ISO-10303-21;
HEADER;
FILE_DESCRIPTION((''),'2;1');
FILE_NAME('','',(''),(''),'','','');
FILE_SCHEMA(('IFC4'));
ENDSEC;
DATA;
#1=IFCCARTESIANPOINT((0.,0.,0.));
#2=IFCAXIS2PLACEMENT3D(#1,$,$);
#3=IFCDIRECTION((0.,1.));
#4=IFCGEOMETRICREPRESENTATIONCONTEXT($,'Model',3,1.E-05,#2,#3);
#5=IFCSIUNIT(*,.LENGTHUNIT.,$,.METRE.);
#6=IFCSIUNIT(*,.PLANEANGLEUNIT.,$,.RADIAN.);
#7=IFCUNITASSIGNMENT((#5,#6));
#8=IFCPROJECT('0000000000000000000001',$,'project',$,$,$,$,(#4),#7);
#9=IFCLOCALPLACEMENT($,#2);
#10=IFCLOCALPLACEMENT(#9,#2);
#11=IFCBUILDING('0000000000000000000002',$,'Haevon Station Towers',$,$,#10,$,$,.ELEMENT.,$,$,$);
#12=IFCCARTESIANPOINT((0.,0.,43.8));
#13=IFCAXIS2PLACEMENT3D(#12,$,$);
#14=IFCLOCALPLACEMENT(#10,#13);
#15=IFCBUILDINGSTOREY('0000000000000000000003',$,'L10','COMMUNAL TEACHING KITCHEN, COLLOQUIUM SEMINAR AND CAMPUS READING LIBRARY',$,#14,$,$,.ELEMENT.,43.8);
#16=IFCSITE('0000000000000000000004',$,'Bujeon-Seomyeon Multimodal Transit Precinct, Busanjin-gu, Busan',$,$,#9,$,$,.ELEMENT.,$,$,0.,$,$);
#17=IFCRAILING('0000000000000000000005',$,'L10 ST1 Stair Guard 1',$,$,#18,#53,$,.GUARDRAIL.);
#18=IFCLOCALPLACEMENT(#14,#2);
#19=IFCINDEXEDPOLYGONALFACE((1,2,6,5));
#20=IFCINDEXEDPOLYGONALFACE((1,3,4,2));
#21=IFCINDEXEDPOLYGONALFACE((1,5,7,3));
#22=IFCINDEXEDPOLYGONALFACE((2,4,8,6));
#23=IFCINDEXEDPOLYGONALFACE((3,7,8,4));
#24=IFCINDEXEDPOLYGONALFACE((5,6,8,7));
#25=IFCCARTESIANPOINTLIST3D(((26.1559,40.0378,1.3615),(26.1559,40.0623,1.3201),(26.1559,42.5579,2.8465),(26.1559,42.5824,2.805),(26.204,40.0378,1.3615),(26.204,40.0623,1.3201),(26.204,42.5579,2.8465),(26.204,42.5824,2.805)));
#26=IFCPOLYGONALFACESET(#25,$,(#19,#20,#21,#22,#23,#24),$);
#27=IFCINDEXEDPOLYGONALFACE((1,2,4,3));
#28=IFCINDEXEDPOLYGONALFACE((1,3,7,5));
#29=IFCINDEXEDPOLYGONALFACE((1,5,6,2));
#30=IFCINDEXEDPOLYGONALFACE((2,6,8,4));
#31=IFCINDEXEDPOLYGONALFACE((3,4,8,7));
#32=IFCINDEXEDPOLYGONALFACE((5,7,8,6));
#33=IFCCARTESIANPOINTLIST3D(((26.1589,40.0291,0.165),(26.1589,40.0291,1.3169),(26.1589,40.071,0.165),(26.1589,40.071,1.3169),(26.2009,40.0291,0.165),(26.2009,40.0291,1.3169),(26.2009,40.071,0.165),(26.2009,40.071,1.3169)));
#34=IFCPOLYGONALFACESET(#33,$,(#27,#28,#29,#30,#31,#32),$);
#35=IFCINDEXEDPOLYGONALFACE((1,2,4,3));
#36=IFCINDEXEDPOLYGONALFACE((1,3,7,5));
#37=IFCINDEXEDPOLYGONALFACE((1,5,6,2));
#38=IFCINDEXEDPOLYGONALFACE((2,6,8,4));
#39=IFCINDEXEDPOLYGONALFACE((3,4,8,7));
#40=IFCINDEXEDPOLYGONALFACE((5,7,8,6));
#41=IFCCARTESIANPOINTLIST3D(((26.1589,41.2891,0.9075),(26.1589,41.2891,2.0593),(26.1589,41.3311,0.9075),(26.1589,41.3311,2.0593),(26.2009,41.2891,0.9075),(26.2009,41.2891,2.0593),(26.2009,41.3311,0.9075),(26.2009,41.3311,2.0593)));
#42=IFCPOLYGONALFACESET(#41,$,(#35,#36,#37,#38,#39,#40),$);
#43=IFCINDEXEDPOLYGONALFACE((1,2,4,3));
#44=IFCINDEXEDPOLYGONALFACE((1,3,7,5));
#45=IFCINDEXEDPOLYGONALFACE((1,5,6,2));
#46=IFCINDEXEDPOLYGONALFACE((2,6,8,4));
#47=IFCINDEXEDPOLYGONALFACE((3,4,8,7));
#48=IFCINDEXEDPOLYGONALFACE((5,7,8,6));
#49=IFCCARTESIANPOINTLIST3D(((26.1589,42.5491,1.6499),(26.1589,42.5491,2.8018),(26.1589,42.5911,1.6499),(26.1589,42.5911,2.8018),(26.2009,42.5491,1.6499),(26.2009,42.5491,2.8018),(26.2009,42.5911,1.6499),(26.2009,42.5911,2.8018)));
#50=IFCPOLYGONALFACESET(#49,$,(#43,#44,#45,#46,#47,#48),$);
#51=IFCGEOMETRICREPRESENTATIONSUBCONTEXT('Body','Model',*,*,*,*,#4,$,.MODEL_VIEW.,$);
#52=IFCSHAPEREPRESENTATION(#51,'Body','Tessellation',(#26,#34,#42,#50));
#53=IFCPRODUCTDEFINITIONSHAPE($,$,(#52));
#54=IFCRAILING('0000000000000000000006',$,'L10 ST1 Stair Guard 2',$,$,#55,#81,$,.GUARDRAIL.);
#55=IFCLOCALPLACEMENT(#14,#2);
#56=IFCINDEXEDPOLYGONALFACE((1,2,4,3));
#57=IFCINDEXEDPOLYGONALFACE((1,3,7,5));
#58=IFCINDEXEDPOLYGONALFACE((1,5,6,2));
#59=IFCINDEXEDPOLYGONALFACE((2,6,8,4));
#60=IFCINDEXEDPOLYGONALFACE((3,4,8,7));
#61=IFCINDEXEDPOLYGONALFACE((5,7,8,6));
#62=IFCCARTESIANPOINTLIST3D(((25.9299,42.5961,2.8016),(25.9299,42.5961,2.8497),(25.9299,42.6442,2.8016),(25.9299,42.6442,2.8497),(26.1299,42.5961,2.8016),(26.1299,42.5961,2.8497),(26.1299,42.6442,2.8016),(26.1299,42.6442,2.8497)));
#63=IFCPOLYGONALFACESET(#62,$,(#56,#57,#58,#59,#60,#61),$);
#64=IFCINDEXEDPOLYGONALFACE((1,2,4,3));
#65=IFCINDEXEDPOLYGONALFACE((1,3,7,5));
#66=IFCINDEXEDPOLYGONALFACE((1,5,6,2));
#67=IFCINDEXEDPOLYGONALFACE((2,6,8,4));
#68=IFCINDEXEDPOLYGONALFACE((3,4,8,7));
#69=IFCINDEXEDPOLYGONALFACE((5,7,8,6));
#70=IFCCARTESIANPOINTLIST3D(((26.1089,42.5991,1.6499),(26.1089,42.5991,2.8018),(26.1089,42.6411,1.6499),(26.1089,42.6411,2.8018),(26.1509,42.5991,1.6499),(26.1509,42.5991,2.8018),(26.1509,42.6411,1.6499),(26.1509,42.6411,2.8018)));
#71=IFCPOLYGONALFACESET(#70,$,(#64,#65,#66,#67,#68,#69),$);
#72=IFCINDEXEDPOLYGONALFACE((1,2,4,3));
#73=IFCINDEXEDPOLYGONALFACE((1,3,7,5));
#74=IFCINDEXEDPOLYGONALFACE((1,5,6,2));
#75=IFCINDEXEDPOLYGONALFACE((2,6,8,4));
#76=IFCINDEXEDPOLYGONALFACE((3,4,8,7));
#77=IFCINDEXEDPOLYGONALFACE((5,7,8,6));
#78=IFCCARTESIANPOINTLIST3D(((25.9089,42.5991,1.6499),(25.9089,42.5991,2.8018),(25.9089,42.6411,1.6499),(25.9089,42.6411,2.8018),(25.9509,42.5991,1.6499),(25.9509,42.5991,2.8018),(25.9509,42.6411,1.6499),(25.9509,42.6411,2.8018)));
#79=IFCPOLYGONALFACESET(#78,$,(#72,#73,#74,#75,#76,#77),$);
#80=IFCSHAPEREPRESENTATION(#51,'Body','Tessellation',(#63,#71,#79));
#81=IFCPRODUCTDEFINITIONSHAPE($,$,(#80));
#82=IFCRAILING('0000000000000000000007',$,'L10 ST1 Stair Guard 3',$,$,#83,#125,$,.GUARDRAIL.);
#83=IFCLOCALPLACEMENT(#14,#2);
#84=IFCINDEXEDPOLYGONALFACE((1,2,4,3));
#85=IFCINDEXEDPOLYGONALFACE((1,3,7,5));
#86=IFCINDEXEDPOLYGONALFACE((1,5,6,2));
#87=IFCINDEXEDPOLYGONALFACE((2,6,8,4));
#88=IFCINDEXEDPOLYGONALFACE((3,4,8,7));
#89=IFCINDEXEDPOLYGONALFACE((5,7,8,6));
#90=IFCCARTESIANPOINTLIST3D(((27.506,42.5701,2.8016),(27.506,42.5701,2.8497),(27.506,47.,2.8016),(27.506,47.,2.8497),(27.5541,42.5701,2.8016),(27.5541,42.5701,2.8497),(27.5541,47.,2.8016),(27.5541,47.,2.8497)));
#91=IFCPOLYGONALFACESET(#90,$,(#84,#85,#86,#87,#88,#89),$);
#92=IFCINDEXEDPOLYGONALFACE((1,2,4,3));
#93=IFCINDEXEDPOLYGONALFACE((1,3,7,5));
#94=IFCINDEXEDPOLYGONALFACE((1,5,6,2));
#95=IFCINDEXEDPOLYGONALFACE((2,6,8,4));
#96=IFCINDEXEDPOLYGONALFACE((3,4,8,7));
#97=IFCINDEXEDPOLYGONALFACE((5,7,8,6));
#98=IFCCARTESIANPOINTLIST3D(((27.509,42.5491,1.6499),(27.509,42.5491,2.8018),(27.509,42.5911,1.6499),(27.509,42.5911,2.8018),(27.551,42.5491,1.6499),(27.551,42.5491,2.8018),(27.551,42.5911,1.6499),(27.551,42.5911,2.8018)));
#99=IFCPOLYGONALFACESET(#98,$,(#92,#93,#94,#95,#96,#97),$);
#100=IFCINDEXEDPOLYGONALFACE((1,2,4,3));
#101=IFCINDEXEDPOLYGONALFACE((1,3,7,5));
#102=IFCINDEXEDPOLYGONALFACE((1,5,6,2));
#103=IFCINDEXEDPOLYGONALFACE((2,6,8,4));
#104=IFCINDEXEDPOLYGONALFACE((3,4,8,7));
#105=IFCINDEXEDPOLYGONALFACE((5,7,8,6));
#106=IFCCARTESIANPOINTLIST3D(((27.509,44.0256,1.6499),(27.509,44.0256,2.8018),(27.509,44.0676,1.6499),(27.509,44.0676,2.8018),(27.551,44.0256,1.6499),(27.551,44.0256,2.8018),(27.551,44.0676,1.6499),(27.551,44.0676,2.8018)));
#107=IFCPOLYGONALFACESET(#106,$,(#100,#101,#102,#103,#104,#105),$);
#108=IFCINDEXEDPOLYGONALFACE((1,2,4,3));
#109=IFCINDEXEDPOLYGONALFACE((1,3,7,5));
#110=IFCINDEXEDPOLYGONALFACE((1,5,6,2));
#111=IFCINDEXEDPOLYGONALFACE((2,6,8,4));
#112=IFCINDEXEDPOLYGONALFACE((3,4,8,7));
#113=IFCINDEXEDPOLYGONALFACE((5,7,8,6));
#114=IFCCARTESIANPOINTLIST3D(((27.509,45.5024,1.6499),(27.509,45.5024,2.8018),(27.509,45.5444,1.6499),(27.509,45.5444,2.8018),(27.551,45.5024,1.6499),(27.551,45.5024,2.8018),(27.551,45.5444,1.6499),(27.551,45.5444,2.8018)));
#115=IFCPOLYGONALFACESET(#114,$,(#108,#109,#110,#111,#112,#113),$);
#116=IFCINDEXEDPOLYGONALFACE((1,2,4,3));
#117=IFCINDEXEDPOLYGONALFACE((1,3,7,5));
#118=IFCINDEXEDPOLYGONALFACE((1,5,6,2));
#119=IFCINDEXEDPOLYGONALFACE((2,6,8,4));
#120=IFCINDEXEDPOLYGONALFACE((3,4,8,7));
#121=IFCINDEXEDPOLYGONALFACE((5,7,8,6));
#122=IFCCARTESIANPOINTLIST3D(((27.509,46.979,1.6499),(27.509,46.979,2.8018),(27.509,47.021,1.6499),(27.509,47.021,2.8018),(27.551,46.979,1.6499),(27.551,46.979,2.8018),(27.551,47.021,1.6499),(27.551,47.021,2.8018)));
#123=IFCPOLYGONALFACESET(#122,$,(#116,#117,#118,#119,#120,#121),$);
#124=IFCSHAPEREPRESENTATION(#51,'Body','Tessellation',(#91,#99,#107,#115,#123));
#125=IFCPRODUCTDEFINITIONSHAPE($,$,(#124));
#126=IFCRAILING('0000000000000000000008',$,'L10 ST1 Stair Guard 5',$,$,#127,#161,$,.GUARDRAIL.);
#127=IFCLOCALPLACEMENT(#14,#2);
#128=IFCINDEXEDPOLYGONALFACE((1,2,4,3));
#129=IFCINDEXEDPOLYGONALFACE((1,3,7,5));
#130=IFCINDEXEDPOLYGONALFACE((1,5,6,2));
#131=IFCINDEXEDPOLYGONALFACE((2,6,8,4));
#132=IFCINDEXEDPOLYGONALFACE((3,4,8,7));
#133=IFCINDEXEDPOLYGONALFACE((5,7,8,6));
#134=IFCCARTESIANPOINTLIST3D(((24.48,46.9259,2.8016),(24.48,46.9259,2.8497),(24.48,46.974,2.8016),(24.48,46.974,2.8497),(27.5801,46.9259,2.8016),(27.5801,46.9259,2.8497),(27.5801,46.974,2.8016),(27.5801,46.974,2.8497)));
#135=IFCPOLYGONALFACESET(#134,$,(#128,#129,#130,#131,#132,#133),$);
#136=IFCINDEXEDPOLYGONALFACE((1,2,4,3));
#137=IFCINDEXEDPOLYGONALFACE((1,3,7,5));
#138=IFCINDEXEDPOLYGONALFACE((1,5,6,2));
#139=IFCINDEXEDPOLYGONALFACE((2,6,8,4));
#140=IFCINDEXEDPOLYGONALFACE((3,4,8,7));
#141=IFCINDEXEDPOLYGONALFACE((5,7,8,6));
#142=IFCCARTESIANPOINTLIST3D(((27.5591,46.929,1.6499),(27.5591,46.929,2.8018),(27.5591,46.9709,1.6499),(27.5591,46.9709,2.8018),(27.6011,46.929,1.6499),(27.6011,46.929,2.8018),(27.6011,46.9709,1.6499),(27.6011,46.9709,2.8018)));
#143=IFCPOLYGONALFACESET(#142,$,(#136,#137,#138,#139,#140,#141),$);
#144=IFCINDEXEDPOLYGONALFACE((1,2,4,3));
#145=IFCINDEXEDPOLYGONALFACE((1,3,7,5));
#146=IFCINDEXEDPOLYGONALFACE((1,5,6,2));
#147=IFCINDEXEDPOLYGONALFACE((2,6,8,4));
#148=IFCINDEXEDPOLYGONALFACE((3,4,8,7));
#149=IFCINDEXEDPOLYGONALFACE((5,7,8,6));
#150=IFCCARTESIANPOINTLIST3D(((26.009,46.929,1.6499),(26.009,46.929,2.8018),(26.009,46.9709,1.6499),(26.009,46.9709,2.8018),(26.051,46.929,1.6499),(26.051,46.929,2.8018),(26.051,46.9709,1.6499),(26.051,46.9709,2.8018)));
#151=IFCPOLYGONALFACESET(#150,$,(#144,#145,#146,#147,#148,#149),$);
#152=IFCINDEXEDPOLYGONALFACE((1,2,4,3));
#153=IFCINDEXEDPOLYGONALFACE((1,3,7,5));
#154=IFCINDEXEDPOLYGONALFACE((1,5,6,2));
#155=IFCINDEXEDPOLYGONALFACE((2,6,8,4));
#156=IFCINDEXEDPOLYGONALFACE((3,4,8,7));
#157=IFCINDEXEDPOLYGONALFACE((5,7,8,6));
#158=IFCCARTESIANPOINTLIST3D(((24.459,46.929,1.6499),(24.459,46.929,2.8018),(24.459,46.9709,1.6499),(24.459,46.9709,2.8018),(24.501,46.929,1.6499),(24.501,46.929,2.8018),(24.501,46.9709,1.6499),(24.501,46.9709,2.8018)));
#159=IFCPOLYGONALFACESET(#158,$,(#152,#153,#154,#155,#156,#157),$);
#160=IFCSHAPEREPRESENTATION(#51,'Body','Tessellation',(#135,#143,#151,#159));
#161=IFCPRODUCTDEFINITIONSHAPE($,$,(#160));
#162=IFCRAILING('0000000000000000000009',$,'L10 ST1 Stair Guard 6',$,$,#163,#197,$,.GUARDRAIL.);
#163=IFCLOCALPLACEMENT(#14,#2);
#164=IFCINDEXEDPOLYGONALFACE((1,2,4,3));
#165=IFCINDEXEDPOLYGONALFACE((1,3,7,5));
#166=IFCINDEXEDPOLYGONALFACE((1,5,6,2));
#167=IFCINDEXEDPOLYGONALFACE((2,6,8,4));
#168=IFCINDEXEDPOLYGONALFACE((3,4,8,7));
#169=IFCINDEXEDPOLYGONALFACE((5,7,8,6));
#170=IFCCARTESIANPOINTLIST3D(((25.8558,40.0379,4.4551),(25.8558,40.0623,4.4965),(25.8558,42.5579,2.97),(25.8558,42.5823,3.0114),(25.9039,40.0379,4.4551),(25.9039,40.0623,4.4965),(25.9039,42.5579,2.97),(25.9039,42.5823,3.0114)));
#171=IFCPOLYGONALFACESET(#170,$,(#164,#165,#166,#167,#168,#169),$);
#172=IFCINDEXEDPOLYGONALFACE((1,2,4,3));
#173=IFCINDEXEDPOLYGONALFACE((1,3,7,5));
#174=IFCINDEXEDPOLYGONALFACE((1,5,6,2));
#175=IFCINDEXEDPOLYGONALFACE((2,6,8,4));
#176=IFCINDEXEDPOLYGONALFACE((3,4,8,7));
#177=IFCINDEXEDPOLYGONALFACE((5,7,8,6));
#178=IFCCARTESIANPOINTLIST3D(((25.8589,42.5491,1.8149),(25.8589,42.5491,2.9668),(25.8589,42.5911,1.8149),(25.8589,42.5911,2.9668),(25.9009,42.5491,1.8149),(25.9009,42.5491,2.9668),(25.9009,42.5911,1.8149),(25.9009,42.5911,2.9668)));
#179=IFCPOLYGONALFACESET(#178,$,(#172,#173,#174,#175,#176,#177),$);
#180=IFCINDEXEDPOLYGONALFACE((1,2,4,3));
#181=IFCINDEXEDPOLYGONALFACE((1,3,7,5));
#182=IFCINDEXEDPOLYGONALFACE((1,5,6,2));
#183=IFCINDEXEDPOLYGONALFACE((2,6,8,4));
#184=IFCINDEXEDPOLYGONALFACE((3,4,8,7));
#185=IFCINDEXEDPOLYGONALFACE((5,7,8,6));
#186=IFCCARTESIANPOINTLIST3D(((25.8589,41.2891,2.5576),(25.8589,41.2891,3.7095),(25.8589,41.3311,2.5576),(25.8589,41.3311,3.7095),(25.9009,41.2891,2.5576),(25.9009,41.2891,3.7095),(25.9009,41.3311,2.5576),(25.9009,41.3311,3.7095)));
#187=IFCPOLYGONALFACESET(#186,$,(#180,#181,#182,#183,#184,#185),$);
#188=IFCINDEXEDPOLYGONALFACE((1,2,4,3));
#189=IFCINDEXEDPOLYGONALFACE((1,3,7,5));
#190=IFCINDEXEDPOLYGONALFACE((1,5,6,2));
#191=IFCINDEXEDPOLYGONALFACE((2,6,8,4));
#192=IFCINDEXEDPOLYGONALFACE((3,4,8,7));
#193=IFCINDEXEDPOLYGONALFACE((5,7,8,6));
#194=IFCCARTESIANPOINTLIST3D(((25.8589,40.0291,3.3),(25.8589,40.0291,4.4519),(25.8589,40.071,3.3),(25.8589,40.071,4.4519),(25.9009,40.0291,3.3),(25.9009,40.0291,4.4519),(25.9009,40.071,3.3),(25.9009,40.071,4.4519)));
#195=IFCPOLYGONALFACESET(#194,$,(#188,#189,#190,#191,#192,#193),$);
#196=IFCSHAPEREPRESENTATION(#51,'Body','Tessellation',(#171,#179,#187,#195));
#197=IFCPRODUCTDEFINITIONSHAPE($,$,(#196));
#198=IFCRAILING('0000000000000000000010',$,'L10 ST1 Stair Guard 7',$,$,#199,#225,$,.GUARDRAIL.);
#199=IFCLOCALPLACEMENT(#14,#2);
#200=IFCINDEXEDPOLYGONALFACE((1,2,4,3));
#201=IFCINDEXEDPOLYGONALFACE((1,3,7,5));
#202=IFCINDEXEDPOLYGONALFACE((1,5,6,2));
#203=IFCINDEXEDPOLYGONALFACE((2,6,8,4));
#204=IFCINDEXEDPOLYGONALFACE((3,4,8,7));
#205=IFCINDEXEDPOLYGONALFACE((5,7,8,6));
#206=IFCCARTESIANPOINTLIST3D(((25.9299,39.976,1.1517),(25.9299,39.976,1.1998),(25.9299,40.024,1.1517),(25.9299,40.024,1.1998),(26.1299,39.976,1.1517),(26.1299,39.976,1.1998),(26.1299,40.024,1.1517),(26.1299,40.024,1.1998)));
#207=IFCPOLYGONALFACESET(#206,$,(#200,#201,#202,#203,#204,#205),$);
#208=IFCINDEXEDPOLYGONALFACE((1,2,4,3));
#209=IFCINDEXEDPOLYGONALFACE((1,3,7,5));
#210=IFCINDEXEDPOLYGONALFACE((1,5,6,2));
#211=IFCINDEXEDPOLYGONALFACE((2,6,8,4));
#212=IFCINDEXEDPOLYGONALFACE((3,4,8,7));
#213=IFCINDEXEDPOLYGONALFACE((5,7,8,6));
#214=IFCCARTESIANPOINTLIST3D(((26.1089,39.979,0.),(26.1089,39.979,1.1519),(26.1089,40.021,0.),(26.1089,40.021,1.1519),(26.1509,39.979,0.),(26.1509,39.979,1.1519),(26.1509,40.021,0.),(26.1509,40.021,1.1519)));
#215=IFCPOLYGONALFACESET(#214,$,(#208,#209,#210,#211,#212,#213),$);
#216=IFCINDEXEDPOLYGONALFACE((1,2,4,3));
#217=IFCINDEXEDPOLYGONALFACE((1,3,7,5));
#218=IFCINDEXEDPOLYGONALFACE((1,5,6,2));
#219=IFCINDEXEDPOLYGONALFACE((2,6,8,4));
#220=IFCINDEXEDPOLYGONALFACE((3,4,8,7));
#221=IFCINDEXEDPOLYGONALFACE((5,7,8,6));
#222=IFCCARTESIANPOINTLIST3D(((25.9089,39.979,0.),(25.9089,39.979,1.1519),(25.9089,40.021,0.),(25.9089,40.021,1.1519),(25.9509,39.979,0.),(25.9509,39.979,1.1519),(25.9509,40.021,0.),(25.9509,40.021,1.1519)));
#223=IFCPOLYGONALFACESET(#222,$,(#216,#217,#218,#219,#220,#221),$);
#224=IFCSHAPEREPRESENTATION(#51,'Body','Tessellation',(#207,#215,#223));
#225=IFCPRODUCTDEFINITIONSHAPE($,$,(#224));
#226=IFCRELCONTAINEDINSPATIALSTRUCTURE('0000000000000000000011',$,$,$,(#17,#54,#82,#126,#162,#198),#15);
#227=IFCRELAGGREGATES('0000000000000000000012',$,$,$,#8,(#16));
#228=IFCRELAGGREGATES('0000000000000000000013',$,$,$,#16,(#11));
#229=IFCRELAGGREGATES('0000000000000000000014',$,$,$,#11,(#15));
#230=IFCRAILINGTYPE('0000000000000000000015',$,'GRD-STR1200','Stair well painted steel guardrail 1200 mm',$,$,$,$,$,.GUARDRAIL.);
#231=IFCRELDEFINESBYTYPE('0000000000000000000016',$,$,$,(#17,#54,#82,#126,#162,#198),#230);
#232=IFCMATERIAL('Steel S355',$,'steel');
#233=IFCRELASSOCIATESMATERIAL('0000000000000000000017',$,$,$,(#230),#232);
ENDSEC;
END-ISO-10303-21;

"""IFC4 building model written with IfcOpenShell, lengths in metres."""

from ifc_helpers import new_model, si_unit, direction, frame, origin, origin_2d, place, context, subcontext, project, spatial, rectangle, extrude, material, type_object, element, save


model = new_model("IFC4")

# Units and contexts
model_context = context("Model", 3, precision=1e-05, world=origin(), true_north=direction((0.0, 1.0)))
body_context = subcontext(model_context, "Body", "Model", "MODEL_VIEW")
ifc_project = project(units=[si_unit("LENGTHUNIT", "METRE"), si_unit("PLANEANGLEUNIT", "RADIAN")], contexts=[model_context])

# Site, building, storey
site_placement = place(None, origin())
site = spatial("IfcSite", under=ifc_project, at=site_placement, Name="Bujeon-Seomyeon Multimodal Transit Precinct, Busanjin-gu, Busan", CompositionType="ELEMENT", RefElevation=0.0)
building_placement = place(site_placement, origin())
building = spatial("IfcBuilding", under=site, at=building_placement, Name="Haevon Station Towers", CompositionType="ELEMENT")
storey_placement = place(building_placement, frame((0.0, 0.0, 43.8)))
storey = spatial("IfcBuildingStorey", under=building, at=storey_placement, Name="L10", Description="COMMUNAL TEACHING KITCHEN, COLLOQUIUM SEMINAR AND CAMPUS READING LIBRARY", CompositionType="ELEMENT", Elevation=43.8)

# Shared definitions
ifc_material_1 = material(Name="Steel S355", Category="steel")

# Railings
railing_type_1 = type_object("IfcRailingType", Name="GRD-STR1200", Description="Stair well painted steel guardrail 1200 mm", PredefinedType="GUARDRAIL", material=ifc_material_1)
railing_1_placement = place(storey_placement, frame((26.1799, 40.05, 0.165)))
element("IfcRailing", 1, at=railing_1_placement, inside=storey, type_object=railing_type_1, Name="L10 ST1 Stair Guard 1", PredefinedType="GUARDRAIL", context=body_context, shape_type="SweptSolid", body=[
    extrude(rectangle(XDim=0.0481, YDim=0.0481, at=origin_2d()), frame((0.0, 0.0, 1.1758), z_axis=(0.0, 0.861561, 0.507655), x_axis=(-1.0, 0.0, 0.0)), (0.0, 0.0, 1.0), 2.925),
    extrude(rectangle(XDim=0.042, YDim=0.042, at=origin_2d()), origin(), (0.0, 0.0, 1.0), 1.1519),
    extrude(rectangle(XDim=0.042, YDim=0.042, at=origin_2d()), frame((0.0, 1.26, 0.7424)), (0.0, 0.0, 1.0), 1.1519),
    extrude(rectangle(XDim=0.042, YDim=0.042, at=origin_2d()), frame((0.0, 2.52, 1.4849)), (0.0, 0.0, 1.0), 1.1519),
])
railing_2_placement = place(storey_placement, frame((26.1299, 42.6201, 1.6499)))
element("IfcRailing", 2, at=railing_2_placement, inside=storey, type_object=railing_type_1, Name="L10 ST1 Stair Guard 2", PredefinedType="GUARDRAIL", context=body_context, shape_type="SweptSolid", body=[
    extrude(rectangle(XDim=0.0481, YDim=0.0481, at=origin_2d()), frame((0.0, 0.0, 1.1758), z_axis=(-1.0, 0.0, 0.0), x_axis=(0.0, -1.0, 0.0)), (0.0, 0.0, 1.0), 0.2),
    extrude(rectangle(XDim=0.042, YDim=0.042, at=origin_2d()), origin(), (0.0, 0.0, 1.0), 1.1519),
    extrude(rectangle(XDim=0.042, YDim=0.042, at=origin_2d()), frame((-0.2, 0.0, 0.0)), (0.0, 0.0, 1.0), 1.1519),
])
railing_3_placement = place(storey_placement, frame((27.53, 42.5701, 1.6499)))
element("IfcRailing", 3, at=railing_3_placement, inside=storey, type_object=railing_type_1, Name="L10 ST1 Stair Guard 3", PredefinedType="GUARDRAIL", context=body_context, shape_type="SweptSolid", body=[
    extrude(rectangle(XDim=0.0481, YDim=0.0481, at=origin_2d()), frame((0.0, 0.0, 1.1758), z_axis=(0.0, 1.0, 0.0), x_axis=(-1.0, 0.0, 0.0)), (0.0, 0.0, 1.0), 4.4299),
    extrude(rectangle(XDim=0.042, YDim=0.042, at=origin_2d()), origin(), (0.0, 0.0, 1.0), 1.1519),
    extrude(rectangle(XDim=0.042, YDim=0.042, at=origin_2d()), frame((0.0, 1.4766, 0.0)), (0.0, 0.0, 1.0), 1.1519),
    extrude(rectangle(XDim=0.042, YDim=0.042, at=origin_2d()), frame((0.0, 2.9534, 0.0)), (0.0, 0.0, 1.0), 1.1519),
    extrude(rectangle(XDim=0.042, YDim=0.042, at=origin_2d()), frame((0.0, 4.4299, 0.0)), (0.0, 0.0, 1.0), 1.1519),
])
railing_4_placement = place(storey_placement, frame((27.5801, 46.95, 1.6499)))
element("IfcRailing", 4, at=railing_4_placement, inside=storey, type_object=railing_type_1, Name="L10 ST1 Stair Guard 5", PredefinedType="GUARDRAIL", context=body_context, shape_type="SweptSolid", body=[
    extrude(rectangle(XDim=0.0481, YDim=0.0481, at=origin_2d()), frame((0.0, 0.0, 1.1758), z_axis=(-1.0, 0.0, 0.0), x_axis=(0.0, -1.0, 0.0)), (0.0, 0.0, 1.0), 3.1001),
    extrude(rectangle(XDim=0.042, YDim=0.042, at=origin_2d()), origin(), (0.0, 0.0, 1.0), 1.1519),
    extrude(rectangle(XDim=0.042, YDim=0.042, at=origin_2d()), frame((-1.55, 0.0, 0.0)), (0.0, 0.0, 1.0), 1.1519),
    extrude(rectangle(XDim=0.042, YDim=0.042, at=origin_2d()), frame((-3.1001, 0.0, 0.0)), (0.0, 0.0, 1.0), 1.1519),
])
railing_5_placement = place(storey_placement, frame((25.8799, 42.5701, 1.8149)))
element("IfcRailing", 5, at=railing_5_placement, inside=storey, type_object=railing_type_1, Name="L10 ST1 Stair Guard 6", PredefinedType="GUARDRAIL", context=body_context, shape_type="SweptSolid", body=[
    extrude(rectangle(XDim=0.0481, YDim=0.0481, at=origin_2d()), frame((0.0, 0.0, 1.1758), z_axis=(0.0, -0.861524, 0.507717), x_axis=(1.0, 0.0, 0.0)), (0.0, 0.0, 1.0), 2.925),
    extrude(rectangle(XDim=0.042, YDim=0.042, at=origin_2d()), origin(), (0.0, 0.0, 1.0), 1.1519),
    extrude(rectangle(XDim=0.042, YDim=0.042, at=origin_2d()), frame((0.0, -1.26, 0.7427)), (0.0, 0.0, 1.0), 1.1519),
    extrude(rectangle(XDim=0.042, YDim=0.042, at=origin_2d()), frame((0.0, -2.52, 1.4851)), (0.0, 0.0, 1.0), 1.1519),
])
railing_6_placement = place(storey_placement, frame((26.1299, 40.0, 0.0)))
element("IfcRailing", 6, at=railing_6_placement, inside=storey, type_object=railing_type_1, Name="L10 ST1 Stair Guard 7", PredefinedType="GUARDRAIL", context=body_context, shape_type="SweptSolid", body=[
    extrude(rectangle(XDim=0.0481, YDim=0.0481, at=origin_2d()), frame((0.0, 0.0, 1.1758), z_axis=(-1.0, 0.0, 0.0), x_axis=(0.0, -1.0, 0.0)), (0.0, 0.0, 1.0), 0.2),
    extrude(rectangle(XDim=0.042, YDim=0.042, at=origin_2d()), origin(), (0.0, 0.0, 1.0), 1.1519),
    extrude(rectangle(XDim=0.042, YDim=0.042, at=origin_2d()), frame((-0.2, 0.0, 0.0)), (0.0, 0.0, 1.0), 1.1519),
])

save(model, "model.ifc")
